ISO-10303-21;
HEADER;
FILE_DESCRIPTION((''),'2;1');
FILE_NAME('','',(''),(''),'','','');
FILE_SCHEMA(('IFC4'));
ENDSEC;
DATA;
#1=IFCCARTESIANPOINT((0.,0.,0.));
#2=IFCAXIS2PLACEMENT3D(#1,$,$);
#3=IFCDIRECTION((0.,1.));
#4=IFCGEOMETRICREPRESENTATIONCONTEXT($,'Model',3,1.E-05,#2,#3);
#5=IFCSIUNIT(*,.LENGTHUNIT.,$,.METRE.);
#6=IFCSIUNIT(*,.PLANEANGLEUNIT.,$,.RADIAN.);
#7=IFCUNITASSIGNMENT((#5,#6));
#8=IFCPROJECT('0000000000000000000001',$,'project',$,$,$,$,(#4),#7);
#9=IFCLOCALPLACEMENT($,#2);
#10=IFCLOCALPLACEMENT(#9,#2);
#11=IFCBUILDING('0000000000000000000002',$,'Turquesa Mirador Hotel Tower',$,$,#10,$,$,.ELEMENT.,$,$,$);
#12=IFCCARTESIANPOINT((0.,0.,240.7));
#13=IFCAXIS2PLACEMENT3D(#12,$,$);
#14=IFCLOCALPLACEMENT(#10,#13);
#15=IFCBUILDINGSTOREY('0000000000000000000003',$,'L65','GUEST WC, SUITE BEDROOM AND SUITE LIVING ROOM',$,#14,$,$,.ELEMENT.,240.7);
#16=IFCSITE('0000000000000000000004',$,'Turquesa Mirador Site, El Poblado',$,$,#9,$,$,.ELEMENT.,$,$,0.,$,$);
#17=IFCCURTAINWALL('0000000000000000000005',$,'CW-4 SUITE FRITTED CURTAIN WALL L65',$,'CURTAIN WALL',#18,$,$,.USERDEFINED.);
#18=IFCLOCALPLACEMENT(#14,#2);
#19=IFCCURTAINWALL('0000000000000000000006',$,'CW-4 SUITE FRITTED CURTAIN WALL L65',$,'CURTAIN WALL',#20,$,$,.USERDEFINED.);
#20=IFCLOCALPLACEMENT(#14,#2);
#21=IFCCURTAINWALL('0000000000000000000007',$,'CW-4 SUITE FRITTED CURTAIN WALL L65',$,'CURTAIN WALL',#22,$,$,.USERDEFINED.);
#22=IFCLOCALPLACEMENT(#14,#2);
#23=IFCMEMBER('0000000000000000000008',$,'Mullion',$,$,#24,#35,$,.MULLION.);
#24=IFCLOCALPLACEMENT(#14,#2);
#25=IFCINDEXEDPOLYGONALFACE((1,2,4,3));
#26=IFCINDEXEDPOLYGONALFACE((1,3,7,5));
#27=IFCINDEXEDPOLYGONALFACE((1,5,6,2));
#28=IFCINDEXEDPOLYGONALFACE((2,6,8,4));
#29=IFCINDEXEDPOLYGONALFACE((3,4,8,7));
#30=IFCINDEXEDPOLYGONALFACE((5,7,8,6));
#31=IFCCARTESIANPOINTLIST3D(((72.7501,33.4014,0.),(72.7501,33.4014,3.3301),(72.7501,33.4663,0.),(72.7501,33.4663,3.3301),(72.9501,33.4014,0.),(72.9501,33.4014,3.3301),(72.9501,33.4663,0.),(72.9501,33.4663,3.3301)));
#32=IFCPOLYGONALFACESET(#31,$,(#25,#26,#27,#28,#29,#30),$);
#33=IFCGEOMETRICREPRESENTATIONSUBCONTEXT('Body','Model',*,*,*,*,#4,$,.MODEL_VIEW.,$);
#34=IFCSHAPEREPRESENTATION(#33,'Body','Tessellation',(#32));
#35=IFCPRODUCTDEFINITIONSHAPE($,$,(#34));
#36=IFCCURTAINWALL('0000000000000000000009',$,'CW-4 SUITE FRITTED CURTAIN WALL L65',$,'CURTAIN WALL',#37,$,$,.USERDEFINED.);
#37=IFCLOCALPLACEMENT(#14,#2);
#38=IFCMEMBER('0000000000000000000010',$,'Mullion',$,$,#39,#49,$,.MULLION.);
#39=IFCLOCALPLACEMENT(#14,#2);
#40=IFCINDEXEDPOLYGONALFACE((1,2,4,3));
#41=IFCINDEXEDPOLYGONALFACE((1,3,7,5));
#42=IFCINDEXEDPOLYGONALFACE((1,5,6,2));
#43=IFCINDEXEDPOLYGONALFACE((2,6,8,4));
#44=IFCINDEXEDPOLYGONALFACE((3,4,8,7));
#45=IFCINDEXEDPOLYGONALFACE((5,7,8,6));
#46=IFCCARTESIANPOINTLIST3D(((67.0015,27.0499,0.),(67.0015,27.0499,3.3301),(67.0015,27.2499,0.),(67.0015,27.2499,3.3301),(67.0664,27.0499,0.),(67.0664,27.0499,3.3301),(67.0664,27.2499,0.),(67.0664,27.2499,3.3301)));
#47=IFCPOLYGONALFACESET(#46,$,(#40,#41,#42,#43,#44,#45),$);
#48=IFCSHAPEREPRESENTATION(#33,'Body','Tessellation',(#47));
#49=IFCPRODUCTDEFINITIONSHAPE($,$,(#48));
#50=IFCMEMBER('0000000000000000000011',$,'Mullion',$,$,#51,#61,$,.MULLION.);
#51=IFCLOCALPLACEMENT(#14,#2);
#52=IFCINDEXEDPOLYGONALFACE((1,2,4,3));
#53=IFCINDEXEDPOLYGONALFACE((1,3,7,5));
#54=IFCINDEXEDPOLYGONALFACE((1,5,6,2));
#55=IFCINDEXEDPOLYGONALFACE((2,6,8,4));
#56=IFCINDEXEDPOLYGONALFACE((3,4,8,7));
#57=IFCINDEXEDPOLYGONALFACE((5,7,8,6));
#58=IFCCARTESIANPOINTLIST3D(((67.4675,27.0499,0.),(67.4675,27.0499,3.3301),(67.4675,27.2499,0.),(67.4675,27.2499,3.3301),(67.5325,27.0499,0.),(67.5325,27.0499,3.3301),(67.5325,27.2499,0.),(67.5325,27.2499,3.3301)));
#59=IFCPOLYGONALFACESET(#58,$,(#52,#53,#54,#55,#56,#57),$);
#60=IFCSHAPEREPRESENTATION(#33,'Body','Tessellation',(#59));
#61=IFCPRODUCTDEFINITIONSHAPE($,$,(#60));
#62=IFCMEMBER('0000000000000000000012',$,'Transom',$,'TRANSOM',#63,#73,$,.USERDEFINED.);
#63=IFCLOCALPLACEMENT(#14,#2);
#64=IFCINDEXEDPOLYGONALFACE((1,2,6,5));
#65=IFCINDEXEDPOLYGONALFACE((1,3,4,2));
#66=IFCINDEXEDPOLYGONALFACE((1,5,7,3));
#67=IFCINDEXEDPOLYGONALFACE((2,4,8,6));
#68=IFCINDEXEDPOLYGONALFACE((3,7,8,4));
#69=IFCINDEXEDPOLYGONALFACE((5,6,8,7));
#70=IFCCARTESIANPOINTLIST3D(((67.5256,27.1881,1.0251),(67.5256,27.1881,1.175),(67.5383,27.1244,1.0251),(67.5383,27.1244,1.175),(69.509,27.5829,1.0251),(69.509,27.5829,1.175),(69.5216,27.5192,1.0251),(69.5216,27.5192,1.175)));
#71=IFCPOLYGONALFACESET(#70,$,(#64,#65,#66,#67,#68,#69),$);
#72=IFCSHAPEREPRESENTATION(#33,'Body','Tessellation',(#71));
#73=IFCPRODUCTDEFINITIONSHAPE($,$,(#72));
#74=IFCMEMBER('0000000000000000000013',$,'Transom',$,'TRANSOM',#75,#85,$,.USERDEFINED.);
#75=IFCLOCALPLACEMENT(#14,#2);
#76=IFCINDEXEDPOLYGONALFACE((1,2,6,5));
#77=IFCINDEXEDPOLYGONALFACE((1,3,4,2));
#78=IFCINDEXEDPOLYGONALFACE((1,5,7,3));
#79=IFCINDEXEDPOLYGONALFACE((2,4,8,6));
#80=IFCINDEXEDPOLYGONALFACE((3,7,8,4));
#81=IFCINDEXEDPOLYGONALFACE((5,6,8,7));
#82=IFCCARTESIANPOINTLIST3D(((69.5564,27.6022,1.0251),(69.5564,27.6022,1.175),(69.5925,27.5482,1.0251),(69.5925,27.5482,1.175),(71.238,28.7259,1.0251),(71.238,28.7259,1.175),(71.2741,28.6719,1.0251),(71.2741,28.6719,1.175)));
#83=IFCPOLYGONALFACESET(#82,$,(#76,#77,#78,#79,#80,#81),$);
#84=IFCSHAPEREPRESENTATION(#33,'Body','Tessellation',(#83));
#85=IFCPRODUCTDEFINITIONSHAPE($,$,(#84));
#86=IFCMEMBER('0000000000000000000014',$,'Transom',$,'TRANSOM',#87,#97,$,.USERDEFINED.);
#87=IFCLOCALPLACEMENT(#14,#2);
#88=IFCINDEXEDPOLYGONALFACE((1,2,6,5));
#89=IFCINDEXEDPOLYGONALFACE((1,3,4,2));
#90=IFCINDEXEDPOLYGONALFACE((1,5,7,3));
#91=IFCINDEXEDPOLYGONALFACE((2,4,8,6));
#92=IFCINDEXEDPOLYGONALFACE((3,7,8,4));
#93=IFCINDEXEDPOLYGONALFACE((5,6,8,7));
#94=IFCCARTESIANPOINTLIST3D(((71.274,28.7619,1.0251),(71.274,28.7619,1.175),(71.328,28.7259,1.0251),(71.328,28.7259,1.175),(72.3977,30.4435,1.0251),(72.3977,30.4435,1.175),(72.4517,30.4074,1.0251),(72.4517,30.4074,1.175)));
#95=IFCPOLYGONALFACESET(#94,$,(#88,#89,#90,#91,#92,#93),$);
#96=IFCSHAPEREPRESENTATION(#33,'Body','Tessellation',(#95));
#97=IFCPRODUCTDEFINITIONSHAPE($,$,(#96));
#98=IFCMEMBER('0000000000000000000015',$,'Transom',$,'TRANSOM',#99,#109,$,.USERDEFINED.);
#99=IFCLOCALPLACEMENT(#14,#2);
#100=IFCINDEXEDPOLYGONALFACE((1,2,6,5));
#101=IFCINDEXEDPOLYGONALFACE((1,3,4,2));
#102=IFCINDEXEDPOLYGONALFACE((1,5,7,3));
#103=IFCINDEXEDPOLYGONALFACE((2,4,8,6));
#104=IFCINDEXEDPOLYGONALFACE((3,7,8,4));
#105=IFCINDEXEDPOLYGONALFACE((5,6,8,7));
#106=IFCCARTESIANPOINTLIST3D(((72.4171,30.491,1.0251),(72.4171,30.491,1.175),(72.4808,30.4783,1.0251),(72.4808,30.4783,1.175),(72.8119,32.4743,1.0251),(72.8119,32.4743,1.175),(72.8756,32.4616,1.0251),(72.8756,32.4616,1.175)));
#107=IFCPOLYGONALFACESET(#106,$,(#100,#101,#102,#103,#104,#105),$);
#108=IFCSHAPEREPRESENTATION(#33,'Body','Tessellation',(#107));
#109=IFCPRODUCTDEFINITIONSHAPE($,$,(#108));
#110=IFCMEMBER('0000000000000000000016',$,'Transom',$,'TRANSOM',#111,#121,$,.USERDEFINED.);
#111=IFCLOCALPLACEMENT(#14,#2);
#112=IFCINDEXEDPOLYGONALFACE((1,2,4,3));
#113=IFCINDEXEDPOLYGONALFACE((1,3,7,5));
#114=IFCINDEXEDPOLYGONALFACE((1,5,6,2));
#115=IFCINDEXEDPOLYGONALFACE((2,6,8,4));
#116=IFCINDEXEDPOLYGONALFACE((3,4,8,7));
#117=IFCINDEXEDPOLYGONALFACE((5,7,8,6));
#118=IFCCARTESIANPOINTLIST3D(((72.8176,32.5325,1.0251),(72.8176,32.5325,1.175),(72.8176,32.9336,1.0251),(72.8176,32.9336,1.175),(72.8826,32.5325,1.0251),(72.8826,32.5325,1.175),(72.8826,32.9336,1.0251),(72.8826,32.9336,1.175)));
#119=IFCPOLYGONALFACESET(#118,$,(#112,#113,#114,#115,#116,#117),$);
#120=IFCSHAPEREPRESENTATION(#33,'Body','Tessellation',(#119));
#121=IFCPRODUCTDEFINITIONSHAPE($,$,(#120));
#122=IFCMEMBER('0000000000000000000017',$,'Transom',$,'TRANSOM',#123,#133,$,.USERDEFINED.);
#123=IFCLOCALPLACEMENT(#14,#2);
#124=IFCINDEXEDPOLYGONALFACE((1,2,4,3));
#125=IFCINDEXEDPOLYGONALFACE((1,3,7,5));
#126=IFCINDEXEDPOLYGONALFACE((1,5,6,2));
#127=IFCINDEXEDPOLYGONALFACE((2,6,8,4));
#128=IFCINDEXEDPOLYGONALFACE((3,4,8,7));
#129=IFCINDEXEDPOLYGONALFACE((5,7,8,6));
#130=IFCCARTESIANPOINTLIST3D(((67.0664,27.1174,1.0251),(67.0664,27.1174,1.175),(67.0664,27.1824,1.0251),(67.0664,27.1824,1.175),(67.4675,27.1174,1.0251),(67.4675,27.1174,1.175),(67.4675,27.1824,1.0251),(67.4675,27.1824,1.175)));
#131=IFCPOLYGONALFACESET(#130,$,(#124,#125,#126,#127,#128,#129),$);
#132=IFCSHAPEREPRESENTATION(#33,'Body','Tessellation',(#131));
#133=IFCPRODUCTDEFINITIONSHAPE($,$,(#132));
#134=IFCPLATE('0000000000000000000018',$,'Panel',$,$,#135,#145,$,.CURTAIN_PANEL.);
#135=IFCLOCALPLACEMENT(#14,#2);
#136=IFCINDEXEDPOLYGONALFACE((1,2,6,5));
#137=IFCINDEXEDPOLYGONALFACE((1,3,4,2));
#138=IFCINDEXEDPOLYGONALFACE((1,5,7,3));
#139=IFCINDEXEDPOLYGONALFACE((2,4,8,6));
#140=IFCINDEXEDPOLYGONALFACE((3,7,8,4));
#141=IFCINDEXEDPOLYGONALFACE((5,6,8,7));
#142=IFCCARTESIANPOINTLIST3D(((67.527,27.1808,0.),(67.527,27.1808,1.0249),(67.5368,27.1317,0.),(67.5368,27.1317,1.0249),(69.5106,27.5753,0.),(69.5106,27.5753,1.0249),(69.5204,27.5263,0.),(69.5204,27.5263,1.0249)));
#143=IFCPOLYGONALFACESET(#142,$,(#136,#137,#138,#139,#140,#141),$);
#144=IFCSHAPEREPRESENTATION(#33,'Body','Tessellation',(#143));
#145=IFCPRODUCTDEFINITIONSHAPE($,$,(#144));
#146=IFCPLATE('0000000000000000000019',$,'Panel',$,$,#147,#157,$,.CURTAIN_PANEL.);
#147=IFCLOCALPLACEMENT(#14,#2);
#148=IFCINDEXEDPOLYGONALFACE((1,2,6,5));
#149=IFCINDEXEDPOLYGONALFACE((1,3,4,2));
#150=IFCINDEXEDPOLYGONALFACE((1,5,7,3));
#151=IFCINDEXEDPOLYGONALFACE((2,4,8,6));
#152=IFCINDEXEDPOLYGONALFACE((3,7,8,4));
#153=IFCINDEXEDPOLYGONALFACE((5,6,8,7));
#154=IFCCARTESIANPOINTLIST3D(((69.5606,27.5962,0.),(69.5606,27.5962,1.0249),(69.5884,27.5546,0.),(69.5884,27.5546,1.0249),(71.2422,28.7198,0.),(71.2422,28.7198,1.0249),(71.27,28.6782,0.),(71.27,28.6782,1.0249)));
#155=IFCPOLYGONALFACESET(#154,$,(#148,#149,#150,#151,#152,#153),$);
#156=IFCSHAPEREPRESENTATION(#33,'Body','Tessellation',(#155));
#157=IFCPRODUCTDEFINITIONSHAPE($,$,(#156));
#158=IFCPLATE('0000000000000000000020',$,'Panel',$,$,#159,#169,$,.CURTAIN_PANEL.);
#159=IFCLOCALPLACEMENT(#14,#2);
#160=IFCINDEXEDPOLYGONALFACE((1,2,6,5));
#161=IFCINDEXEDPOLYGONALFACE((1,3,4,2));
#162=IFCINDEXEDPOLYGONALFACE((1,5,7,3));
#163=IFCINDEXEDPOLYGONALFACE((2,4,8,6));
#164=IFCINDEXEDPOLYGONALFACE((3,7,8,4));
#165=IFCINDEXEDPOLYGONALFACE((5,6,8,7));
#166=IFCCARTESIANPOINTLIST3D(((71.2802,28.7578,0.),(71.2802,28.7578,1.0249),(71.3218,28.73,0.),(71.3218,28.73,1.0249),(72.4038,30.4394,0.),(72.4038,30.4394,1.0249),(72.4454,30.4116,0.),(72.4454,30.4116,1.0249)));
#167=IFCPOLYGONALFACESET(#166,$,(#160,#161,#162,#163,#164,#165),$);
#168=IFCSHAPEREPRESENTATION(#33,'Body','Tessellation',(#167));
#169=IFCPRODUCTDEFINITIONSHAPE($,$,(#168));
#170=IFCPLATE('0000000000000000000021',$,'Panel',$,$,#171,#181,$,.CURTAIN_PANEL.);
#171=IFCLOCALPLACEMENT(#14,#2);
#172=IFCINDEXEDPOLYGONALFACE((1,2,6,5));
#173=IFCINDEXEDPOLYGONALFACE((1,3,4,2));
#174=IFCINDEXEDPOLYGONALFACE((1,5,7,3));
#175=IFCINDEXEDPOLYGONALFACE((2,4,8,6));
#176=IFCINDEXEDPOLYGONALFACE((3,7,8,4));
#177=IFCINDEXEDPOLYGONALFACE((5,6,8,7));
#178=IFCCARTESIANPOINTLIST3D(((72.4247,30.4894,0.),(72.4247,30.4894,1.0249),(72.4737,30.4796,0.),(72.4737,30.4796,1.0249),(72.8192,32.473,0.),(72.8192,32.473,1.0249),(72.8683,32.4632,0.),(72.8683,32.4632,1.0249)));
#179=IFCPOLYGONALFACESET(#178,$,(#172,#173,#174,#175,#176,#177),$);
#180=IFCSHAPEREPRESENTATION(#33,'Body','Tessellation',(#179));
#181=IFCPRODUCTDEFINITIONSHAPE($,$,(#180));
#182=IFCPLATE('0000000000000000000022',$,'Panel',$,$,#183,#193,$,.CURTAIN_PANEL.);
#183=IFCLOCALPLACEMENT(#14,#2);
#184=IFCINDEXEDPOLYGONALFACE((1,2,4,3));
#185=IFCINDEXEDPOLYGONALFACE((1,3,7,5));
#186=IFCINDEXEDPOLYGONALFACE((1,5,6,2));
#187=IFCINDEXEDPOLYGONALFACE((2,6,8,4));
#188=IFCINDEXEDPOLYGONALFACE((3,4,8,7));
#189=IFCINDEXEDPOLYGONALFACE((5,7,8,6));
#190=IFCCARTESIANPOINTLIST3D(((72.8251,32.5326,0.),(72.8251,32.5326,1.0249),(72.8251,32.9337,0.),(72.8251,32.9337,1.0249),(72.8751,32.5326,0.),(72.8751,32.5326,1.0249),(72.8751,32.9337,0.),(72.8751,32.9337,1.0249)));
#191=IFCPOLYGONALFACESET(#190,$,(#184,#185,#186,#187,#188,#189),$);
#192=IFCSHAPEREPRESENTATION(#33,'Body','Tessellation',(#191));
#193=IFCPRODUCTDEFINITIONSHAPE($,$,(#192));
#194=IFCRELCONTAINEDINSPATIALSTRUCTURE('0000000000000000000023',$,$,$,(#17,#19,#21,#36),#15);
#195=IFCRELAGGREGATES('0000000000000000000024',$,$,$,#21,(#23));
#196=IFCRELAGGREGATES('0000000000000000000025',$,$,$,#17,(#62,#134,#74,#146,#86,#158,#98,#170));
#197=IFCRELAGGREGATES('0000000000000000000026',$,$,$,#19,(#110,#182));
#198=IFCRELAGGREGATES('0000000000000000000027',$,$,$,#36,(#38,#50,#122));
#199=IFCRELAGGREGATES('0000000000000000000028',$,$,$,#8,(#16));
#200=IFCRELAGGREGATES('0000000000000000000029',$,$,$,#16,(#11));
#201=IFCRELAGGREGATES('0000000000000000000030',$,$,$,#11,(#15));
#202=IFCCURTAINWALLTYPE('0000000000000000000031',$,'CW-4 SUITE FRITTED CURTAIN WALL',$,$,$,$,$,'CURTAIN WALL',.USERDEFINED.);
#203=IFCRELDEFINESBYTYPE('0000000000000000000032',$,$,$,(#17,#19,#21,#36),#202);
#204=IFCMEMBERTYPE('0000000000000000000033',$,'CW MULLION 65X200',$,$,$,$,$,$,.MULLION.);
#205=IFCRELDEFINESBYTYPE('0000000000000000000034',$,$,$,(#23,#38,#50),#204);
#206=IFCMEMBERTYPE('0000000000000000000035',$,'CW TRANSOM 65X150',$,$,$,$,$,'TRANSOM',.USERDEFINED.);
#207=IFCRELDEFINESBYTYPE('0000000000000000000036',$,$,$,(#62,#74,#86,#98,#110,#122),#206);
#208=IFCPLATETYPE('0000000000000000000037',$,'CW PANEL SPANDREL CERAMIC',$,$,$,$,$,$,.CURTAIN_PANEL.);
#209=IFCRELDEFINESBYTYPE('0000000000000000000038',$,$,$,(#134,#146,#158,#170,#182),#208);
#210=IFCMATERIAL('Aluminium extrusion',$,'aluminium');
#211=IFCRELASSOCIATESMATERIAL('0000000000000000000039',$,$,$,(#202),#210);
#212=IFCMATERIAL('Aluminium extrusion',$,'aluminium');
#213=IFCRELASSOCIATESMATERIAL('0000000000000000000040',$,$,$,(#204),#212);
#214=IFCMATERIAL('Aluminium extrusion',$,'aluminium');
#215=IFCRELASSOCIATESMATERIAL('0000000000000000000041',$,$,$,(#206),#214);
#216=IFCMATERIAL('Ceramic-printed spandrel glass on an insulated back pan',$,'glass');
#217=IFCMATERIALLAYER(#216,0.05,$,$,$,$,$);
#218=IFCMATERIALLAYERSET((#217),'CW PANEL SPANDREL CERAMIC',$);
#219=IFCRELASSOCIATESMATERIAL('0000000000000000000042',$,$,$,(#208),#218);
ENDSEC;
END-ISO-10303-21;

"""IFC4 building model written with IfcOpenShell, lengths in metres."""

from ifc_helpers import new_model, si_unit, direction, frame, origin, origin_2d, place, context, subcontext, project, spatial, rectangle, extrude, material, layer, layer_set, material_profile, profile_set, type_object, element, aggregate, save


model = new_model("IFC4")

# Units and contexts
model_context = context("Model", 3, precision=1e-05, world=origin(), true_north=direction((0.0, 1.0)))
body_context = subcontext(model_context, "Body", "Model", "MODEL_VIEW")
ifc_project = project(units=[si_unit("LENGTHUNIT", "METRE"), si_unit("PLANEANGLEUNIT", "RADIAN")], contexts=[model_context])

# Site, building, storey
site_placement = place(None, origin())
site = spatial("IfcSite", under=ifc_project, at=site_placement, Name="Turquesa Mirador Site, El Poblado", CompositionType="ELEMENT", RefElevation=0.0)
building_placement = place(site_placement, origin())
building = spatial("IfcBuilding", under=site, at=building_placement, Name="Turquesa Mirador Hotel Tower", CompositionType="ELEMENT")
storey_placement = place(building_placement, frame((0.0, 0.0, 240.7)))
storey = spatial("IfcBuildingStorey", under=building, at=storey_placement, Name="L65", Description="GUEST WC, SUITE BEDROOM AND SUITE LIVING ROOM", CompositionType="ELEMENT", Elevation=240.7)

# Curtain walls
ifc_material_1 = material(Name="Aluminium extrusion", Category="aluminium")
curtain_wall_type = type_object("IfcCurtainWallType", Name="CW-4 SUITE FRITTED CURTAIN WALL", ElementType="CURTAIN WALL", PredefinedType="USERDEFINED", material=ifc_material_1)
curtain_wall_1_placement = place(storey_placement, origin())
curtain_wall_1 = element("IfcCurtainWall", 1, at=curtain_wall_1_placement, inside=storey, type_object=curtain_wall_type, Name="CW-4 SUITE FRITTED CURTAIN WALL L65", ObjectType="CURTAIN WALL", PredefinedType="USERDEFINED")
ifc_material_2 = material(Name="Aluminium extrusion", Category="aluminium")
ifc_material_profile_1 = material_profile(ifc_material_2, rectangle(XDim=0.0649, YDim=0.2, at=origin_2d()), Name="MULLION 65X200")
ifc_profile_set_1 = profile_set([ifc_material_profile_1], Name="Aluminium extrusion")
member_type_1 = type_object("IfcMemberType", Name="CW MULLION 65X200", PredefinedType="MULLION", material=ifc_profile_set_1)
curtain_wall_2_placement = place(storey_placement, origin())
curtain_wall_2 = element("IfcCurtainWall", 2, at=curtain_wall_2_placement, inside=storey, type_object=curtain_wall_type, Name="CW-4 SUITE FRITTED CURTAIN WALL L65", ObjectType="CURTAIN WALL", PredefinedType="USERDEFINED")

# Curtain wall, member
curtain_wall_3_placement = place(storey_placement, origin())
curtain_wall_3 = element("IfcCurtainWall", 3, at=curtain_wall_3_placement, inside=storey, type_object=curtain_wall_type, Name="CW-4 SUITE FRITTED CURTAIN WALL L65", ObjectType="CURTAIN WALL", PredefinedType="USERDEFINED")
member_1_placement = place(storey_placement, frame((72.8501, 33.4338, 0.0), z_axis=(0.0, 0.0, 1.0), x_axis=(0.0, 1.0, 0.0)))
member_1 = element("IfcMember", 4, at=member_1_placement, type_object=member_type_1, Name="Mullion", PredefinedType="MULLION", context=body_context, shape_type="SweptSolid", body=[
    extrude(rectangle(XDim=0.0649, YDim=0.2, at=origin_2d()), origin(), (0.0, 0.0, 1.0), 3.3301),
])
aggregate(curtain_wall_3, [member_1])

# Curtain wall, members
curtain_wall_4_placement = place(storey_placement, origin())
curtain_wall_4 = element("IfcCurtainWall", 5, at=curtain_wall_4_placement, inside=storey, type_object=curtain_wall_type, Name="CW-4 SUITE FRITTED CURTAIN WALL L65", ObjectType="CURTAIN WALL", PredefinedType="USERDEFINED")
member_2_placement = place(storey_placement, frame((67.0339, 27.1499, 0.0), z_axis=(0.0, 0.0, 1.0), x_axis=(1.0, 0.0, 0.0)))
member_2 = element("IfcMember", 6, at=member_2_placement, type_object=member_type_1, Name="Mullion", PredefinedType="MULLION", context=body_context, shape_type="SweptSolid", body=[
    extrude(rectangle(XDim=0.0649, YDim=0.2, at=origin_2d()), origin(), (0.0, 0.0, 1.0), 3.3301),
])
member_3_placement = place(storey_placement, frame((67.5, 27.1499, 0.0), z_axis=(0.0, 0.0, 1.0), x_axis=(1.0, 0.0, 0.0)))
member_3 = element("IfcMember", 7, at=member_3_placement, type_object=member_type_1, Name="Mullion", PredefinedType="MULLION", context=body_context, shape_type="SweptSolid", body=[
    extrude(rectangle(XDim=0.0649, YDim=0.2, at=origin_2d()), origin(), (0.0, 0.0, 1.0), 3.3301),
])

# Members
ifc_material_3 = material(Name="Aluminium extrusion", Category="aluminium")
ifc_material_profile_2 = material_profile(ifc_material_3, rectangle(XDim=0.0649, YDim=0.1499, at=origin_2d()), Name="TRANSOM 65X150")
ifc_profile_set_2 = profile_set([ifc_material_profile_2], Name="Aluminium extrusion")
member_type_2 = type_object("IfcMemberType", Name="CW TRANSOM 65X150", ElementType="TRANSOM", PredefinedType="USERDEFINED", material=ifc_profile_set_2)
member_4_placement = place(storey_placement, frame((67.532, 27.1562, 1.1001), z_axis=(0.980761, 0.195211, 0.0), x_axis=(-0.195211, 0.980761, 0.0)))
member_4 = element("IfcMember", 8, at=member_4_placement, type_object=member_type_2, Name="Transom", ObjectType="TRANSOM", PredefinedType="USERDEFINED", context=body_context, shape_type="SweptSolid", body=[
    extrude(rectangle(XDim=0.0649, YDim=0.1499, at=origin_2d()), origin(), (0.0, 0.0, 1.0), 2.0222),
])
member_5_placement = place(storey_placement, frame((69.5745, 27.5752, 1.1001), z_axis=(0.831437, 0.555619, 0.0), x_axis=(-0.555619, 0.831437, 0.0)))
member_5 = element("IfcMember", 9, at=member_5_placement, type_object=member_type_2, Name="Transom", ObjectType="TRANSOM", PredefinedType="USERDEFINED", context=body_context, shape_type="SweptSolid", body=[
    extrude(rectangle(XDim=0.0649, YDim=0.1499, at=origin_2d()), origin(), (0.0, 0.0, 1.0), 2.0225),
])
member_6_placement = place(storey_placement, frame((71.301, 28.7439, 1.1001), z_axis=(0.555619, 0.831437, 0.0), x_axis=(-0.831437, 0.555619, 0.0)))
member_6 = element("IfcMember", 10, at=member_6_placement, type_object=member_type_2, Name="Transom", ObjectType="TRANSOM", PredefinedType="USERDEFINED", context=body_context, shape_type="SweptSolid", body=[
    extrude(rectangle(XDim=0.0649, YDim=0.1499, at=origin_2d()), origin(), (0.0, 0.0, 1.0), 2.0225),
])
member_7_placement = place(storey_placement, frame((72.449, 30.4846, 1.1001), z_axis=(0.195211, 0.980761, 0.0), x_axis=(-0.980761, 0.195211, 0.0)))
member_7 = element("IfcMember", 11, at=member_7_placement, type_object=member_type_2, Name="Transom", ObjectType="TRANSOM", PredefinedType="USERDEFINED", context=body_context, shape_type="SweptSolid", body=[
    extrude(rectangle(XDim=0.0649, YDim=0.1499, at=origin_2d()), origin(), (0.0, 0.0, 1.0), 2.0222),
])
member_8_placement = place(storey_placement, frame((72.8501, 32.5325, 1.1001), z_axis=(0.0, 1.0, 0.0), x_axis=(-1.0, 0.0, 0.0)))
member_8 = element("IfcMember", 12, at=member_8_placement, type_object=member_type_2, Name="Transom", ObjectType="TRANSOM", PredefinedType="USERDEFINED", context=body_context, shape_type="SweptSolid", body=[
    extrude(rectangle(XDim=0.0649, YDim=0.1499, at=origin_2d()), origin(), (0.0, 0.0, 1.0), 0.4011),
])
member_9_placement = place(storey_placement, frame((67.0664, 27.1499, 1.1001), z_axis=(1.0, 0.0, 0.0), x_axis=(0.0, 1.0, 0.0)))
member_9 = element("IfcMember", 13, at=member_9_placement, type_object=member_type_2, Name="Transom", ObjectType="TRANSOM", PredefinedType="USERDEFINED", context=body_context, shape_type="SweptSolid", body=[
    extrude(rectangle(XDim=0.0649, YDim=0.1499, at=origin_2d()), origin(), (0.0, 0.0, 1.0), 0.4011),
])

# Plates
ifc_material_4 = material(Name="Ceramic-printed spandrel glass on an insulated back pan", Category="glass")
ifc_layer_1 = layer(ifc_material_4, 0.05)
ifc_layer_set_1 = layer_set([ifc_layer_1], Name="CW PANEL SPANDREL CERAMIC")
plate_type_1 = type_object("IfcPlateType", Name="CW PANEL SPANDREL CERAMIC", PredefinedType="CURTAIN_PANEL", material=ifc_layer_set_1)
plate_1_placement = place(storey_placement, frame((68.5237, 27.3535, 0.0), z_axis=(0.0, 0.0, 1.0), x_axis=(0.980785, 0.195091, 0.0)))
plate_1 = element("IfcPlate", 14, at=plate_1_placement, type_object=plate_type_1, Name="Panel", PredefinedType="CURTAIN_PANEL", context=body_context, shape_type="SweptSolid", body=[
    extrude(rectangle(XDim=2.0225, YDim=0.05, at=origin_2d()), origin(), (0.0, 0.0, 1.0), 1.0249),
])
plate_2_placement = place(storey_placement, frame((70.4153, 28.1372, 0.0), z_axis=(0.0, 0.0, 1.0), x_axis=(0.83147, 0.55557, 0.0)))
plate_2 = element("IfcPlate", 15, at=plate_2_placement, type_object=plate_type_1, Name="Panel", PredefinedType="CURTAIN_PANEL", context=body_context, shape_type="SweptSolid", body=[
    extrude(rectangle(XDim=2.0225, YDim=0.05, at=origin_2d()), origin(), (0.0, 0.0, 1.0), 1.0249),
])
plate_3_placement = place(storey_placement, frame((71.8628, 29.5847, 0.0), z_axis=(0.0, 0.0, 1.0), x_axis=(0.55557, 0.83147, 0.0)))
plate_3 = element("IfcPlate", 16, at=plate_3_placement, type_object=plate_type_1, Name="Panel", PredefinedType="CURTAIN_PANEL", context=body_context, shape_type="SweptSolid", body=[
    extrude(rectangle(XDim=2.0225, YDim=0.05, at=origin_2d()), origin(), (0.0, 0.0, 1.0), 1.0249),
])
plate_4_placement = place(storey_placement, frame((72.6465, 31.4763, 0.0), z_axis=(0.0, 0.0, 1.0), x_axis=(0.195091, 0.980785, 0.0)))
plate_4 = element("IfcPlate", 17, at=plate_4_placement, type_object=plate_type_1, Name="Panel", PredefinedType="CURTAIN_PANEL", context=body_context, shape_type="SweptSolid", body=[
    extrude(rectangle(XDim=2.0225, YDim=0.05, at=origin_2d()), origin(), (0.0, 0.0, 1.0), 1.0249),
])
plate_5_placement = place(storey_placement, frame((72.8501, 32.7332, 0.0), z_axis=(0.0, 0.0, 1.0), x_axis=(0.0, 1.0, 0.0)))
plate_5 = element("IfcPlate", 18, at=plate_5_placement, type_object=plate_type_1, Name="Panel", PredefinedType="CURTAIN_PANEL", context=body_context, shape_type="SweptSolid", body=[
    extrude(rectangle(XDim=0.4011, YDim=0.05, at=origin_2d()), origin(), (0.0, 0.0, 1.0), 1.0249),
])
aggregate(curtain_wall_1, [member_4, plate_1, member_5, plate_2, member_6, plate_3, member_7, plate_4])
aggregate(curtain_wall_2, [member_8, plate_5])
aggregate(curtain_wall_4, [member_2, member_3, member_9])

save(model, "model.ifc")
